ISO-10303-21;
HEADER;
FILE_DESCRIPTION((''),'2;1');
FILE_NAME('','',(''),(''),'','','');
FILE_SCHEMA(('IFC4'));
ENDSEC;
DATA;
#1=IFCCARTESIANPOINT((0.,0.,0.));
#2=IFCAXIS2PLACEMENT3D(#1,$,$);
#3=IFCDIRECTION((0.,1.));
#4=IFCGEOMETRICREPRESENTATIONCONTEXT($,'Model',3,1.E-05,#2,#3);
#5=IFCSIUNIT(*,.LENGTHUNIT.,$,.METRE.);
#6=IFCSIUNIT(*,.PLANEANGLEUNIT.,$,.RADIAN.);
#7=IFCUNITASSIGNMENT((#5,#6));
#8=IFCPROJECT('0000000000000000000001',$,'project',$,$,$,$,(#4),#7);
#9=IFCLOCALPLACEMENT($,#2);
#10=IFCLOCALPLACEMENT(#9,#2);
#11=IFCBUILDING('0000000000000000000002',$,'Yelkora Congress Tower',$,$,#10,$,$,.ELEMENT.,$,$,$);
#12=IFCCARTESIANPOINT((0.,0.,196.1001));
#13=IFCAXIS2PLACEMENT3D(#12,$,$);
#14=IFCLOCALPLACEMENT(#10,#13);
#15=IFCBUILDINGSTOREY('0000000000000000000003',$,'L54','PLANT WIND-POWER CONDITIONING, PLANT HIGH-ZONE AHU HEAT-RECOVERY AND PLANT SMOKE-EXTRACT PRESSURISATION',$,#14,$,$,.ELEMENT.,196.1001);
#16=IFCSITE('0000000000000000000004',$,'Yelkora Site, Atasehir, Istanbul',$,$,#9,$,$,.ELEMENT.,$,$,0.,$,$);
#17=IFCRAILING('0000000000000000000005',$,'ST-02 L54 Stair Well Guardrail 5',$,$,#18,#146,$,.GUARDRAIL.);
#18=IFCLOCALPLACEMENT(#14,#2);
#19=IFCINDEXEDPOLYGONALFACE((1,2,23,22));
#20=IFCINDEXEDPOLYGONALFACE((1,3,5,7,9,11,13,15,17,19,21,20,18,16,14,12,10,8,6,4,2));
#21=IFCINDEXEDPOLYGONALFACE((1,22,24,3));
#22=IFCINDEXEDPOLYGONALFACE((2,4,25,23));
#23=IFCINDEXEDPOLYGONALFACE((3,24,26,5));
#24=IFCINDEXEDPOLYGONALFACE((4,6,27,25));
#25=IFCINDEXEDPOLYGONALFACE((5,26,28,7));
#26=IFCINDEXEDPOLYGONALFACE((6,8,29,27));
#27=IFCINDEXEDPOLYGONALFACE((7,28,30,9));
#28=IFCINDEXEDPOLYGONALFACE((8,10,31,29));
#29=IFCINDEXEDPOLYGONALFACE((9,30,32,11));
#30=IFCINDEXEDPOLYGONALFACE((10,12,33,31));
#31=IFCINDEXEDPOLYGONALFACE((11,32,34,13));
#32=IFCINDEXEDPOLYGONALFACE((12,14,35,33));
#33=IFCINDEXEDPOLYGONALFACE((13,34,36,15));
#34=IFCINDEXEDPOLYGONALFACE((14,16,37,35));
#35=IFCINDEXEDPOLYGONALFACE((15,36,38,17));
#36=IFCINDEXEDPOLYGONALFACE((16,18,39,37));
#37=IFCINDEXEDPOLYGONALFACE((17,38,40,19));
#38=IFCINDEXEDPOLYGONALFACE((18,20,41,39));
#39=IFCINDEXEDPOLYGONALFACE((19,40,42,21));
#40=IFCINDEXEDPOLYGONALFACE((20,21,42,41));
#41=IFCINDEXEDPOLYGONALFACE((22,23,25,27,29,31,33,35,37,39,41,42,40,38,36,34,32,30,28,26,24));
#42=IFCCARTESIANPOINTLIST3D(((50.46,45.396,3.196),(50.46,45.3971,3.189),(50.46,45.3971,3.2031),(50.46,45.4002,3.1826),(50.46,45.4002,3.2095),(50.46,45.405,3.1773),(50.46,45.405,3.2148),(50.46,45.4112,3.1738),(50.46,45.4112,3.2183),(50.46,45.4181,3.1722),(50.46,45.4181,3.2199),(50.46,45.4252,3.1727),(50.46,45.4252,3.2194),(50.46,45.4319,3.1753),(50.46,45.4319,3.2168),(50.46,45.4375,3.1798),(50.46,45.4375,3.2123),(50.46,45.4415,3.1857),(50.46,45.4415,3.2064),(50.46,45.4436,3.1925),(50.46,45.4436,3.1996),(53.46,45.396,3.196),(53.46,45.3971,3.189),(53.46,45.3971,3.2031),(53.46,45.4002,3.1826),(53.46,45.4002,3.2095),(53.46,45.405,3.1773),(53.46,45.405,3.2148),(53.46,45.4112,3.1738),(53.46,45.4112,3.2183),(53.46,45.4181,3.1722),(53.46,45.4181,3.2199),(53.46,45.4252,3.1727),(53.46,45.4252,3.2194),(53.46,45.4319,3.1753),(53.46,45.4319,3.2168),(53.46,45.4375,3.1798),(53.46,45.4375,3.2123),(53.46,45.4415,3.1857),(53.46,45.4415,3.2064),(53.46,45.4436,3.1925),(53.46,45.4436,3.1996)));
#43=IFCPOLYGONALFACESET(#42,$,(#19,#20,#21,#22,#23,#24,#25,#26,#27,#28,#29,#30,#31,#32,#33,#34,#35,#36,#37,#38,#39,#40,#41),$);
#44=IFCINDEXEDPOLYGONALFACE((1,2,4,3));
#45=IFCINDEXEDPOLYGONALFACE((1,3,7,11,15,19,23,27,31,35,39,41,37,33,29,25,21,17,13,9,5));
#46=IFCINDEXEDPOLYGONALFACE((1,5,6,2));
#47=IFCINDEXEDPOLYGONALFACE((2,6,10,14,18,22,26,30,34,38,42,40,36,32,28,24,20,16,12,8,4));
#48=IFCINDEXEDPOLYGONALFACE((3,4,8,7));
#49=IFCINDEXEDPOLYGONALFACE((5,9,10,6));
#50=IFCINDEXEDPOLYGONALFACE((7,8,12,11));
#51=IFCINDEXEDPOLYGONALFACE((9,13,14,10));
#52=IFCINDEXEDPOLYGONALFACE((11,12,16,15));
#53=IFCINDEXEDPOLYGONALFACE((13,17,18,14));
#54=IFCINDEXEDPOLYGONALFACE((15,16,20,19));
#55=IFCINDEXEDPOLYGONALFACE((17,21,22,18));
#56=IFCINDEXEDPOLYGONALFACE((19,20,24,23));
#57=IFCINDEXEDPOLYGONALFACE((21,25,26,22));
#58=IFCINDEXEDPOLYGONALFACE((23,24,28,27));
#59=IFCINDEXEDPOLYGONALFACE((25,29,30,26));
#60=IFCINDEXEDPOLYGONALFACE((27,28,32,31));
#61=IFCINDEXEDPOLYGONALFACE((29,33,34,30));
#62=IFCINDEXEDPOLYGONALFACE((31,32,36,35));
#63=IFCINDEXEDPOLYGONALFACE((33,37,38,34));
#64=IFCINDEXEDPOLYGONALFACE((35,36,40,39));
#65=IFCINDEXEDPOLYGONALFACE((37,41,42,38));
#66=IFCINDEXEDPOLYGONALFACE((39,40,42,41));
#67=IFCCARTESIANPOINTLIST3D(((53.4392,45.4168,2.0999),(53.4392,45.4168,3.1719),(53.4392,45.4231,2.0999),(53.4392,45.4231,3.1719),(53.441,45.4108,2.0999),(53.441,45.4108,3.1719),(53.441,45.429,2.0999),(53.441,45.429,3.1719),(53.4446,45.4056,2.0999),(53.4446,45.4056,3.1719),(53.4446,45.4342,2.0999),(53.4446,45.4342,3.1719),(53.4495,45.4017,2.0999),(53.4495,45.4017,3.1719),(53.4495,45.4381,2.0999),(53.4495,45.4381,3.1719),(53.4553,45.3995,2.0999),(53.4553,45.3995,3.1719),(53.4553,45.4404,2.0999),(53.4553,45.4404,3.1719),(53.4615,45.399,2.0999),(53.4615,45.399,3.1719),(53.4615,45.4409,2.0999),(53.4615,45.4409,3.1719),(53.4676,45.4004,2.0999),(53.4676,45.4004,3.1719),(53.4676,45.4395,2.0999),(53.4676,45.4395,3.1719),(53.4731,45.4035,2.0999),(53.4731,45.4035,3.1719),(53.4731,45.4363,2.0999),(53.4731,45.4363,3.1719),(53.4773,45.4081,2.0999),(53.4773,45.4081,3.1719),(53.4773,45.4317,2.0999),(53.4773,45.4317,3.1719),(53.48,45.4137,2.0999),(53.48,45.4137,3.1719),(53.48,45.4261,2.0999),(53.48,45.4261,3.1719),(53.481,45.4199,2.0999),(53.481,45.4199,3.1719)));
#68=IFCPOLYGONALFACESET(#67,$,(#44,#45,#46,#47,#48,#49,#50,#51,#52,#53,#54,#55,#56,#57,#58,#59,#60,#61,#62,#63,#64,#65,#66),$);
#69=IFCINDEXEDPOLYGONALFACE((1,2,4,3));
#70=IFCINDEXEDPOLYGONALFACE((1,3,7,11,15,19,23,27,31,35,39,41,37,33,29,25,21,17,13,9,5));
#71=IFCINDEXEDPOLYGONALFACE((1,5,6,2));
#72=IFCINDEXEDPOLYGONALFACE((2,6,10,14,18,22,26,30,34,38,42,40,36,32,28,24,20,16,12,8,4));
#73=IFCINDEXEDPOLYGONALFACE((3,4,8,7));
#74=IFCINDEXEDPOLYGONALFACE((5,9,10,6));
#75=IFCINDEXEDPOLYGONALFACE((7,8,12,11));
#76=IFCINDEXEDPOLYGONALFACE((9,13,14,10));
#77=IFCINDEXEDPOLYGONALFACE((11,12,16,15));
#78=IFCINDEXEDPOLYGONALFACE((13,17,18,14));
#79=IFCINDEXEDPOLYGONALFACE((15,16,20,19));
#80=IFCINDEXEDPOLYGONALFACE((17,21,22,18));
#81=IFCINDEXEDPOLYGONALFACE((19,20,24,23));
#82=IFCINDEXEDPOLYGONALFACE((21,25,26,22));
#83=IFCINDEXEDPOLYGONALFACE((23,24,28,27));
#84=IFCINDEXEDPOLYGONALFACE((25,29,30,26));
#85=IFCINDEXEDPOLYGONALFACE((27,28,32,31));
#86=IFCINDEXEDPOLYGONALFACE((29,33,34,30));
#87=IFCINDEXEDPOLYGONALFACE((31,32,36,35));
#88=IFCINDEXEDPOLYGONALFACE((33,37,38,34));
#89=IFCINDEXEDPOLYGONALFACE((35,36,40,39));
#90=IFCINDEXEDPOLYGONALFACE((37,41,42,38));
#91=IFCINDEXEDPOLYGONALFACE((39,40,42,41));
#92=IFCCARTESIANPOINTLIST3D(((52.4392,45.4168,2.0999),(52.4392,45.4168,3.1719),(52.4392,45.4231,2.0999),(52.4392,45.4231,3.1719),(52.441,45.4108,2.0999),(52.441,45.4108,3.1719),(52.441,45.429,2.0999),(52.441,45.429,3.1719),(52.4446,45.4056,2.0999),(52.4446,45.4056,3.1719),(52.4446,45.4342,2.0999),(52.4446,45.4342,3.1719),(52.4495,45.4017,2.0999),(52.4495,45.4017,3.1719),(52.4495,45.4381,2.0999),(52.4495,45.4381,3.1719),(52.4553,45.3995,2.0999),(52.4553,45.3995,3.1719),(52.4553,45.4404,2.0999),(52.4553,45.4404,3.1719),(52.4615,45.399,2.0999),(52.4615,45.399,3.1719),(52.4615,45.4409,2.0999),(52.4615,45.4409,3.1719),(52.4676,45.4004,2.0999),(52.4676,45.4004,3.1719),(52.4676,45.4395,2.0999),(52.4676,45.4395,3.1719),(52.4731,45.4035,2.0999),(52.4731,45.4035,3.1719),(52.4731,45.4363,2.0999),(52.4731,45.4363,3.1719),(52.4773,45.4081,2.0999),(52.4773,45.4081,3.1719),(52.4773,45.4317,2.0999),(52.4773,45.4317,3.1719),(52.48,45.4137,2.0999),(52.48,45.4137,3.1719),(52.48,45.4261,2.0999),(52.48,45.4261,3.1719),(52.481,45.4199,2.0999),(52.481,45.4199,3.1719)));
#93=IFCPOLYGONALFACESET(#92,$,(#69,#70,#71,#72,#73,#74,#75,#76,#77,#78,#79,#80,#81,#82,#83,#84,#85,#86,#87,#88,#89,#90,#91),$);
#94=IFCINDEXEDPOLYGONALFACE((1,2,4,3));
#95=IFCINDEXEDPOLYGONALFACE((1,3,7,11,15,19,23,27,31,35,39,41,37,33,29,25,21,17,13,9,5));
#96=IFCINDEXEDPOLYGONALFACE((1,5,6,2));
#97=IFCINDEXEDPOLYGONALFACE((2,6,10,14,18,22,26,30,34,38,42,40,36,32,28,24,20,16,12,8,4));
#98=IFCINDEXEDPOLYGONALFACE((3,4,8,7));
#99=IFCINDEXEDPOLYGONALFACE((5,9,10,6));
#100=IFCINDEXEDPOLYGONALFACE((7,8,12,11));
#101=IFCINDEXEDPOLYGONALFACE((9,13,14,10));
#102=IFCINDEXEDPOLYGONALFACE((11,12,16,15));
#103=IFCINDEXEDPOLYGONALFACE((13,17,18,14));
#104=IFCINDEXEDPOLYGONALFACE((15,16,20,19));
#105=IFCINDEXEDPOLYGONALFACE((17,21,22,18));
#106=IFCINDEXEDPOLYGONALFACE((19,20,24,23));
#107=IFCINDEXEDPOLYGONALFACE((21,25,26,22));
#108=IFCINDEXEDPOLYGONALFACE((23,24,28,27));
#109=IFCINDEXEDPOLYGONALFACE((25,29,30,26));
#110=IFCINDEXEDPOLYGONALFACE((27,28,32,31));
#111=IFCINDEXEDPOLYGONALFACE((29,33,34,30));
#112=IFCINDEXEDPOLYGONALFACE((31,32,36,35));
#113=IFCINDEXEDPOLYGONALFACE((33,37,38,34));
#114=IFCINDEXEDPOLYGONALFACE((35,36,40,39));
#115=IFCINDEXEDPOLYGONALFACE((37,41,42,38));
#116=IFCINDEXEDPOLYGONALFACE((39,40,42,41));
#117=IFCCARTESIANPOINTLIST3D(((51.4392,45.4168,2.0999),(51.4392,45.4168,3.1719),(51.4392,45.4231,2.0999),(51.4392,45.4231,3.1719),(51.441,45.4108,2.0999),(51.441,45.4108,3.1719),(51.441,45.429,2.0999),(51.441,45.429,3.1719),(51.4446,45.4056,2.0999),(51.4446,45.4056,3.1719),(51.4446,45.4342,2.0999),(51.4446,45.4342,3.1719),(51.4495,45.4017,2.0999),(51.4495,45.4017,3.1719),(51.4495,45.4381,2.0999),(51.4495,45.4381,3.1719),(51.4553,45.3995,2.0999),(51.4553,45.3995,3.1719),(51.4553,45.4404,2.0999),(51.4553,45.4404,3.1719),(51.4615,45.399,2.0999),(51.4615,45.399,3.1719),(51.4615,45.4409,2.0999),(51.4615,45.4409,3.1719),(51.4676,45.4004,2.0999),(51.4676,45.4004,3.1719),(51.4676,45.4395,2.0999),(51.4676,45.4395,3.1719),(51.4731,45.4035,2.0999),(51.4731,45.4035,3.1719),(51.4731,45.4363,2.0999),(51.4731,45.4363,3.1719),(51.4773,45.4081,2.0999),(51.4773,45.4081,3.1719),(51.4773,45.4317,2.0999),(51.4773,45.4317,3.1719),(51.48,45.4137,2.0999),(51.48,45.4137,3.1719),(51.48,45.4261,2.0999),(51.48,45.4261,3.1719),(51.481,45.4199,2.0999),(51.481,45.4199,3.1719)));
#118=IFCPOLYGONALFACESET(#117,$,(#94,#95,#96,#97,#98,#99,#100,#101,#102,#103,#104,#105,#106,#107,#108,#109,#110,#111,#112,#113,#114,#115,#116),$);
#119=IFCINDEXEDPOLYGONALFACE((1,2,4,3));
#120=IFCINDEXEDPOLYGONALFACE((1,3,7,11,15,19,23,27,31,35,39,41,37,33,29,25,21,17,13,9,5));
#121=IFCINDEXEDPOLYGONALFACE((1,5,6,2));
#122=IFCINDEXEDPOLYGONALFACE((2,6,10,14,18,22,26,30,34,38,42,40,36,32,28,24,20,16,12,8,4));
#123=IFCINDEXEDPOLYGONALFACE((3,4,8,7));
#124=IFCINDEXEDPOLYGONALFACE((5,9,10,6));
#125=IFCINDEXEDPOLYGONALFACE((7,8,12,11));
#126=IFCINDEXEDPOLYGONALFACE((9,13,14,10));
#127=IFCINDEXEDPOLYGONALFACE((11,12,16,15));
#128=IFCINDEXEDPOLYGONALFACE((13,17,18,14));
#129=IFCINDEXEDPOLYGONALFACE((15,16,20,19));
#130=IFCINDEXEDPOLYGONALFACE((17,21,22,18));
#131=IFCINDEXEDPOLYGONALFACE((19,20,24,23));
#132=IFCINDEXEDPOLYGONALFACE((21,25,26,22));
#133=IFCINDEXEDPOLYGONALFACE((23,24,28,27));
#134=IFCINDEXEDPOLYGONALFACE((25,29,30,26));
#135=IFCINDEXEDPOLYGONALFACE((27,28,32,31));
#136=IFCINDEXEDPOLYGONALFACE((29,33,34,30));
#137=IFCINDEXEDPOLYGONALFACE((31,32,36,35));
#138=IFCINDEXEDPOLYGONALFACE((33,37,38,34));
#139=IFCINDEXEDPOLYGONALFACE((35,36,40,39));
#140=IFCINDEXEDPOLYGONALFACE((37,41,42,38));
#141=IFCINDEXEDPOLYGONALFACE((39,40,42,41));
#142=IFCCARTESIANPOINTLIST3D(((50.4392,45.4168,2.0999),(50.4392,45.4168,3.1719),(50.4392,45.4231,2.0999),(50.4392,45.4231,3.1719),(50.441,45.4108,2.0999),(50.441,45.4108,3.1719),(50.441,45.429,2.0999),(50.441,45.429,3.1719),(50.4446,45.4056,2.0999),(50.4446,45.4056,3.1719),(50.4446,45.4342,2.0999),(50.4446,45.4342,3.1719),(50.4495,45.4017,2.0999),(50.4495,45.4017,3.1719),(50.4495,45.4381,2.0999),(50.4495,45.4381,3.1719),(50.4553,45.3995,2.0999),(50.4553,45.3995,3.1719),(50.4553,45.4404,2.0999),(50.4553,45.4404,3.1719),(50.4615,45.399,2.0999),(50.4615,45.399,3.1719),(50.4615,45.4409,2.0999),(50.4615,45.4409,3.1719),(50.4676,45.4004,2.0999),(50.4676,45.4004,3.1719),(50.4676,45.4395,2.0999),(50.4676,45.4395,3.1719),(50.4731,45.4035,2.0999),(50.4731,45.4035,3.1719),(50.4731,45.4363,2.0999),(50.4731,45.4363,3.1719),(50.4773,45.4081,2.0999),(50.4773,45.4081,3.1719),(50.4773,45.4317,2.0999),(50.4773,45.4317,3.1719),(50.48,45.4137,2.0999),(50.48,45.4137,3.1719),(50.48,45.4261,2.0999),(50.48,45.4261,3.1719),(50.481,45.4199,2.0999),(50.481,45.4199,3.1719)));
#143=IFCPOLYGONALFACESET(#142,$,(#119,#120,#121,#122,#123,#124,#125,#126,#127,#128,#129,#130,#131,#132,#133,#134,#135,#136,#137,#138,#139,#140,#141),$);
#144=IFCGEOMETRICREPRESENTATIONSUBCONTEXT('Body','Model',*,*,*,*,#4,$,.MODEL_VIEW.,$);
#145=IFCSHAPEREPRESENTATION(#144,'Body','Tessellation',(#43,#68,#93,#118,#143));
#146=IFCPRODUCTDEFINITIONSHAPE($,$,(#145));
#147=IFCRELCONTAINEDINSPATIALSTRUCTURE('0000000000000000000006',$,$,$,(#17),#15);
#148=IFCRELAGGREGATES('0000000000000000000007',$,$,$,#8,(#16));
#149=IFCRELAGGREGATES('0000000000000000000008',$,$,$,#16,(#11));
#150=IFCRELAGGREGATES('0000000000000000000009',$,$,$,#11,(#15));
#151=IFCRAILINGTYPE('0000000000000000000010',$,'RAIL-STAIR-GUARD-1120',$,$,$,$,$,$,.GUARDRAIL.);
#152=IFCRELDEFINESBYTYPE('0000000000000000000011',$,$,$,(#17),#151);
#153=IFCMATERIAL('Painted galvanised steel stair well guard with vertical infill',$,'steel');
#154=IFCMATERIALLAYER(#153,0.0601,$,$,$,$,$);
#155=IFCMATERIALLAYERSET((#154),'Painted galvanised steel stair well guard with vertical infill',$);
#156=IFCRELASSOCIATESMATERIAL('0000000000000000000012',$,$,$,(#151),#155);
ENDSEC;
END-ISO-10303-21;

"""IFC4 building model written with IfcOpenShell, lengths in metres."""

from ifc_helpers import new_model, si_unit, direction, frame, origin, origin_2d, place, context, subcontext, project, spatial, circle, extrude, material, layer, layer_set, type_object, element, save


model = new_model("IFC4")

# Units and contexts
model_context = context("Model", 3, precision=1e-05, world=origin(), true_north=direction((0.0, 1.0)))
body_context = subcontext(model_context, "Body", "Model", "MODEL_VIEW")
ifc_project = project(units=[si_unit("LENGTHUNIT", "METRE"), si_unit("PLANEANGLEUNIT", "RADIAN")], contexts=[model_context])

# Site, building, storey
site_placement = place(None, origin())
site = spatial("IfcSite", under=ifc_project, at=site_placement, Name="Yelkora Site, Atasehir, Istanbul", CompositionType="ELEMENT", RefElevation=0.0)
building_placement = place(site_placement, origin())
building = spatial("IfcBuilding", under=site, at=building_placement, Name="Yelkora Congress Tower", CompositionType="ELEMENT")
storey_placement = place(building_placement, frame((0.0, 0.0, 196.1001)))
storey = spatial("IfcBuildingStorey", under=building, at=storey_placement, Name="L54", Description="PLANT WIND-POWER CONDITIONING, PLANT HIGH-ZONE AHU HEAT-RECOVERY AND PLANT SMOKE-EXTRACT PRESSURISATION", CompositionType="ELEMENT", Elevation=196.1001)

# Railing
ifc_material_1 = material(Name="Painted galvanised steel stair well guard with vertical infill", Category="steel")
ifc_layer_1 = layer(ifc_material_1, 0.0601)
ifc_layer_set_1 = layer_set([ifc_layer_1], Name="Painted galvanised steel stair well guard with vertical infill")
railing_type_1 = type_object("IfcRailingType", Name="RAIL-STAIR-GUARD-1120", PredefinedType="GUARDRAIL", material=ifc_layer_set_1)
railing_1_placement = place(storey_placement, frame((53.46, 45.4199, 2.0999)))
element("IfcRailing", 1, at=railing_1_placement, inside=storey, type_object=railing_type_1, Name="ST-02 L54 Stair Well Guardrail 5", PredefinedType="GUARDRAIL", context=body_context, shape_type="SweptSolid", body=[
    extrude(circle(Radius=0.0239, at=origin_2d()), frame((0.0, 0.0, 1.0962), z_axis=(-1.0, 0.0, 0.0), x_axis=(0.0, -1.0, 0.0)), (0.0, 0.0, 1.0), 3.0),
    extrude(circle(Radius=0.021, at=origin_2d()), origin(), (0.0, 0.0, 1.0), 1.072),
    extrude(circle(Radius=0.021, at=origin_2d()), frame((-1.0, 0.0, 0.0)), (0.0, 0.0, 1.0), 1.072),
    extrude(circle(Radius=0.021, at=origin_2d()), frame((-2.0, 0.0, 0.0)), (0.0, 0.0, 1.0), 1.072),
    extrude(circle(Radius=0.021, at=origin_2d()), frame((-3.0, 0.0, 0.0)), (0.0, 0.0, 1.0), 1.072),
])

save(model, "model.ifc")
